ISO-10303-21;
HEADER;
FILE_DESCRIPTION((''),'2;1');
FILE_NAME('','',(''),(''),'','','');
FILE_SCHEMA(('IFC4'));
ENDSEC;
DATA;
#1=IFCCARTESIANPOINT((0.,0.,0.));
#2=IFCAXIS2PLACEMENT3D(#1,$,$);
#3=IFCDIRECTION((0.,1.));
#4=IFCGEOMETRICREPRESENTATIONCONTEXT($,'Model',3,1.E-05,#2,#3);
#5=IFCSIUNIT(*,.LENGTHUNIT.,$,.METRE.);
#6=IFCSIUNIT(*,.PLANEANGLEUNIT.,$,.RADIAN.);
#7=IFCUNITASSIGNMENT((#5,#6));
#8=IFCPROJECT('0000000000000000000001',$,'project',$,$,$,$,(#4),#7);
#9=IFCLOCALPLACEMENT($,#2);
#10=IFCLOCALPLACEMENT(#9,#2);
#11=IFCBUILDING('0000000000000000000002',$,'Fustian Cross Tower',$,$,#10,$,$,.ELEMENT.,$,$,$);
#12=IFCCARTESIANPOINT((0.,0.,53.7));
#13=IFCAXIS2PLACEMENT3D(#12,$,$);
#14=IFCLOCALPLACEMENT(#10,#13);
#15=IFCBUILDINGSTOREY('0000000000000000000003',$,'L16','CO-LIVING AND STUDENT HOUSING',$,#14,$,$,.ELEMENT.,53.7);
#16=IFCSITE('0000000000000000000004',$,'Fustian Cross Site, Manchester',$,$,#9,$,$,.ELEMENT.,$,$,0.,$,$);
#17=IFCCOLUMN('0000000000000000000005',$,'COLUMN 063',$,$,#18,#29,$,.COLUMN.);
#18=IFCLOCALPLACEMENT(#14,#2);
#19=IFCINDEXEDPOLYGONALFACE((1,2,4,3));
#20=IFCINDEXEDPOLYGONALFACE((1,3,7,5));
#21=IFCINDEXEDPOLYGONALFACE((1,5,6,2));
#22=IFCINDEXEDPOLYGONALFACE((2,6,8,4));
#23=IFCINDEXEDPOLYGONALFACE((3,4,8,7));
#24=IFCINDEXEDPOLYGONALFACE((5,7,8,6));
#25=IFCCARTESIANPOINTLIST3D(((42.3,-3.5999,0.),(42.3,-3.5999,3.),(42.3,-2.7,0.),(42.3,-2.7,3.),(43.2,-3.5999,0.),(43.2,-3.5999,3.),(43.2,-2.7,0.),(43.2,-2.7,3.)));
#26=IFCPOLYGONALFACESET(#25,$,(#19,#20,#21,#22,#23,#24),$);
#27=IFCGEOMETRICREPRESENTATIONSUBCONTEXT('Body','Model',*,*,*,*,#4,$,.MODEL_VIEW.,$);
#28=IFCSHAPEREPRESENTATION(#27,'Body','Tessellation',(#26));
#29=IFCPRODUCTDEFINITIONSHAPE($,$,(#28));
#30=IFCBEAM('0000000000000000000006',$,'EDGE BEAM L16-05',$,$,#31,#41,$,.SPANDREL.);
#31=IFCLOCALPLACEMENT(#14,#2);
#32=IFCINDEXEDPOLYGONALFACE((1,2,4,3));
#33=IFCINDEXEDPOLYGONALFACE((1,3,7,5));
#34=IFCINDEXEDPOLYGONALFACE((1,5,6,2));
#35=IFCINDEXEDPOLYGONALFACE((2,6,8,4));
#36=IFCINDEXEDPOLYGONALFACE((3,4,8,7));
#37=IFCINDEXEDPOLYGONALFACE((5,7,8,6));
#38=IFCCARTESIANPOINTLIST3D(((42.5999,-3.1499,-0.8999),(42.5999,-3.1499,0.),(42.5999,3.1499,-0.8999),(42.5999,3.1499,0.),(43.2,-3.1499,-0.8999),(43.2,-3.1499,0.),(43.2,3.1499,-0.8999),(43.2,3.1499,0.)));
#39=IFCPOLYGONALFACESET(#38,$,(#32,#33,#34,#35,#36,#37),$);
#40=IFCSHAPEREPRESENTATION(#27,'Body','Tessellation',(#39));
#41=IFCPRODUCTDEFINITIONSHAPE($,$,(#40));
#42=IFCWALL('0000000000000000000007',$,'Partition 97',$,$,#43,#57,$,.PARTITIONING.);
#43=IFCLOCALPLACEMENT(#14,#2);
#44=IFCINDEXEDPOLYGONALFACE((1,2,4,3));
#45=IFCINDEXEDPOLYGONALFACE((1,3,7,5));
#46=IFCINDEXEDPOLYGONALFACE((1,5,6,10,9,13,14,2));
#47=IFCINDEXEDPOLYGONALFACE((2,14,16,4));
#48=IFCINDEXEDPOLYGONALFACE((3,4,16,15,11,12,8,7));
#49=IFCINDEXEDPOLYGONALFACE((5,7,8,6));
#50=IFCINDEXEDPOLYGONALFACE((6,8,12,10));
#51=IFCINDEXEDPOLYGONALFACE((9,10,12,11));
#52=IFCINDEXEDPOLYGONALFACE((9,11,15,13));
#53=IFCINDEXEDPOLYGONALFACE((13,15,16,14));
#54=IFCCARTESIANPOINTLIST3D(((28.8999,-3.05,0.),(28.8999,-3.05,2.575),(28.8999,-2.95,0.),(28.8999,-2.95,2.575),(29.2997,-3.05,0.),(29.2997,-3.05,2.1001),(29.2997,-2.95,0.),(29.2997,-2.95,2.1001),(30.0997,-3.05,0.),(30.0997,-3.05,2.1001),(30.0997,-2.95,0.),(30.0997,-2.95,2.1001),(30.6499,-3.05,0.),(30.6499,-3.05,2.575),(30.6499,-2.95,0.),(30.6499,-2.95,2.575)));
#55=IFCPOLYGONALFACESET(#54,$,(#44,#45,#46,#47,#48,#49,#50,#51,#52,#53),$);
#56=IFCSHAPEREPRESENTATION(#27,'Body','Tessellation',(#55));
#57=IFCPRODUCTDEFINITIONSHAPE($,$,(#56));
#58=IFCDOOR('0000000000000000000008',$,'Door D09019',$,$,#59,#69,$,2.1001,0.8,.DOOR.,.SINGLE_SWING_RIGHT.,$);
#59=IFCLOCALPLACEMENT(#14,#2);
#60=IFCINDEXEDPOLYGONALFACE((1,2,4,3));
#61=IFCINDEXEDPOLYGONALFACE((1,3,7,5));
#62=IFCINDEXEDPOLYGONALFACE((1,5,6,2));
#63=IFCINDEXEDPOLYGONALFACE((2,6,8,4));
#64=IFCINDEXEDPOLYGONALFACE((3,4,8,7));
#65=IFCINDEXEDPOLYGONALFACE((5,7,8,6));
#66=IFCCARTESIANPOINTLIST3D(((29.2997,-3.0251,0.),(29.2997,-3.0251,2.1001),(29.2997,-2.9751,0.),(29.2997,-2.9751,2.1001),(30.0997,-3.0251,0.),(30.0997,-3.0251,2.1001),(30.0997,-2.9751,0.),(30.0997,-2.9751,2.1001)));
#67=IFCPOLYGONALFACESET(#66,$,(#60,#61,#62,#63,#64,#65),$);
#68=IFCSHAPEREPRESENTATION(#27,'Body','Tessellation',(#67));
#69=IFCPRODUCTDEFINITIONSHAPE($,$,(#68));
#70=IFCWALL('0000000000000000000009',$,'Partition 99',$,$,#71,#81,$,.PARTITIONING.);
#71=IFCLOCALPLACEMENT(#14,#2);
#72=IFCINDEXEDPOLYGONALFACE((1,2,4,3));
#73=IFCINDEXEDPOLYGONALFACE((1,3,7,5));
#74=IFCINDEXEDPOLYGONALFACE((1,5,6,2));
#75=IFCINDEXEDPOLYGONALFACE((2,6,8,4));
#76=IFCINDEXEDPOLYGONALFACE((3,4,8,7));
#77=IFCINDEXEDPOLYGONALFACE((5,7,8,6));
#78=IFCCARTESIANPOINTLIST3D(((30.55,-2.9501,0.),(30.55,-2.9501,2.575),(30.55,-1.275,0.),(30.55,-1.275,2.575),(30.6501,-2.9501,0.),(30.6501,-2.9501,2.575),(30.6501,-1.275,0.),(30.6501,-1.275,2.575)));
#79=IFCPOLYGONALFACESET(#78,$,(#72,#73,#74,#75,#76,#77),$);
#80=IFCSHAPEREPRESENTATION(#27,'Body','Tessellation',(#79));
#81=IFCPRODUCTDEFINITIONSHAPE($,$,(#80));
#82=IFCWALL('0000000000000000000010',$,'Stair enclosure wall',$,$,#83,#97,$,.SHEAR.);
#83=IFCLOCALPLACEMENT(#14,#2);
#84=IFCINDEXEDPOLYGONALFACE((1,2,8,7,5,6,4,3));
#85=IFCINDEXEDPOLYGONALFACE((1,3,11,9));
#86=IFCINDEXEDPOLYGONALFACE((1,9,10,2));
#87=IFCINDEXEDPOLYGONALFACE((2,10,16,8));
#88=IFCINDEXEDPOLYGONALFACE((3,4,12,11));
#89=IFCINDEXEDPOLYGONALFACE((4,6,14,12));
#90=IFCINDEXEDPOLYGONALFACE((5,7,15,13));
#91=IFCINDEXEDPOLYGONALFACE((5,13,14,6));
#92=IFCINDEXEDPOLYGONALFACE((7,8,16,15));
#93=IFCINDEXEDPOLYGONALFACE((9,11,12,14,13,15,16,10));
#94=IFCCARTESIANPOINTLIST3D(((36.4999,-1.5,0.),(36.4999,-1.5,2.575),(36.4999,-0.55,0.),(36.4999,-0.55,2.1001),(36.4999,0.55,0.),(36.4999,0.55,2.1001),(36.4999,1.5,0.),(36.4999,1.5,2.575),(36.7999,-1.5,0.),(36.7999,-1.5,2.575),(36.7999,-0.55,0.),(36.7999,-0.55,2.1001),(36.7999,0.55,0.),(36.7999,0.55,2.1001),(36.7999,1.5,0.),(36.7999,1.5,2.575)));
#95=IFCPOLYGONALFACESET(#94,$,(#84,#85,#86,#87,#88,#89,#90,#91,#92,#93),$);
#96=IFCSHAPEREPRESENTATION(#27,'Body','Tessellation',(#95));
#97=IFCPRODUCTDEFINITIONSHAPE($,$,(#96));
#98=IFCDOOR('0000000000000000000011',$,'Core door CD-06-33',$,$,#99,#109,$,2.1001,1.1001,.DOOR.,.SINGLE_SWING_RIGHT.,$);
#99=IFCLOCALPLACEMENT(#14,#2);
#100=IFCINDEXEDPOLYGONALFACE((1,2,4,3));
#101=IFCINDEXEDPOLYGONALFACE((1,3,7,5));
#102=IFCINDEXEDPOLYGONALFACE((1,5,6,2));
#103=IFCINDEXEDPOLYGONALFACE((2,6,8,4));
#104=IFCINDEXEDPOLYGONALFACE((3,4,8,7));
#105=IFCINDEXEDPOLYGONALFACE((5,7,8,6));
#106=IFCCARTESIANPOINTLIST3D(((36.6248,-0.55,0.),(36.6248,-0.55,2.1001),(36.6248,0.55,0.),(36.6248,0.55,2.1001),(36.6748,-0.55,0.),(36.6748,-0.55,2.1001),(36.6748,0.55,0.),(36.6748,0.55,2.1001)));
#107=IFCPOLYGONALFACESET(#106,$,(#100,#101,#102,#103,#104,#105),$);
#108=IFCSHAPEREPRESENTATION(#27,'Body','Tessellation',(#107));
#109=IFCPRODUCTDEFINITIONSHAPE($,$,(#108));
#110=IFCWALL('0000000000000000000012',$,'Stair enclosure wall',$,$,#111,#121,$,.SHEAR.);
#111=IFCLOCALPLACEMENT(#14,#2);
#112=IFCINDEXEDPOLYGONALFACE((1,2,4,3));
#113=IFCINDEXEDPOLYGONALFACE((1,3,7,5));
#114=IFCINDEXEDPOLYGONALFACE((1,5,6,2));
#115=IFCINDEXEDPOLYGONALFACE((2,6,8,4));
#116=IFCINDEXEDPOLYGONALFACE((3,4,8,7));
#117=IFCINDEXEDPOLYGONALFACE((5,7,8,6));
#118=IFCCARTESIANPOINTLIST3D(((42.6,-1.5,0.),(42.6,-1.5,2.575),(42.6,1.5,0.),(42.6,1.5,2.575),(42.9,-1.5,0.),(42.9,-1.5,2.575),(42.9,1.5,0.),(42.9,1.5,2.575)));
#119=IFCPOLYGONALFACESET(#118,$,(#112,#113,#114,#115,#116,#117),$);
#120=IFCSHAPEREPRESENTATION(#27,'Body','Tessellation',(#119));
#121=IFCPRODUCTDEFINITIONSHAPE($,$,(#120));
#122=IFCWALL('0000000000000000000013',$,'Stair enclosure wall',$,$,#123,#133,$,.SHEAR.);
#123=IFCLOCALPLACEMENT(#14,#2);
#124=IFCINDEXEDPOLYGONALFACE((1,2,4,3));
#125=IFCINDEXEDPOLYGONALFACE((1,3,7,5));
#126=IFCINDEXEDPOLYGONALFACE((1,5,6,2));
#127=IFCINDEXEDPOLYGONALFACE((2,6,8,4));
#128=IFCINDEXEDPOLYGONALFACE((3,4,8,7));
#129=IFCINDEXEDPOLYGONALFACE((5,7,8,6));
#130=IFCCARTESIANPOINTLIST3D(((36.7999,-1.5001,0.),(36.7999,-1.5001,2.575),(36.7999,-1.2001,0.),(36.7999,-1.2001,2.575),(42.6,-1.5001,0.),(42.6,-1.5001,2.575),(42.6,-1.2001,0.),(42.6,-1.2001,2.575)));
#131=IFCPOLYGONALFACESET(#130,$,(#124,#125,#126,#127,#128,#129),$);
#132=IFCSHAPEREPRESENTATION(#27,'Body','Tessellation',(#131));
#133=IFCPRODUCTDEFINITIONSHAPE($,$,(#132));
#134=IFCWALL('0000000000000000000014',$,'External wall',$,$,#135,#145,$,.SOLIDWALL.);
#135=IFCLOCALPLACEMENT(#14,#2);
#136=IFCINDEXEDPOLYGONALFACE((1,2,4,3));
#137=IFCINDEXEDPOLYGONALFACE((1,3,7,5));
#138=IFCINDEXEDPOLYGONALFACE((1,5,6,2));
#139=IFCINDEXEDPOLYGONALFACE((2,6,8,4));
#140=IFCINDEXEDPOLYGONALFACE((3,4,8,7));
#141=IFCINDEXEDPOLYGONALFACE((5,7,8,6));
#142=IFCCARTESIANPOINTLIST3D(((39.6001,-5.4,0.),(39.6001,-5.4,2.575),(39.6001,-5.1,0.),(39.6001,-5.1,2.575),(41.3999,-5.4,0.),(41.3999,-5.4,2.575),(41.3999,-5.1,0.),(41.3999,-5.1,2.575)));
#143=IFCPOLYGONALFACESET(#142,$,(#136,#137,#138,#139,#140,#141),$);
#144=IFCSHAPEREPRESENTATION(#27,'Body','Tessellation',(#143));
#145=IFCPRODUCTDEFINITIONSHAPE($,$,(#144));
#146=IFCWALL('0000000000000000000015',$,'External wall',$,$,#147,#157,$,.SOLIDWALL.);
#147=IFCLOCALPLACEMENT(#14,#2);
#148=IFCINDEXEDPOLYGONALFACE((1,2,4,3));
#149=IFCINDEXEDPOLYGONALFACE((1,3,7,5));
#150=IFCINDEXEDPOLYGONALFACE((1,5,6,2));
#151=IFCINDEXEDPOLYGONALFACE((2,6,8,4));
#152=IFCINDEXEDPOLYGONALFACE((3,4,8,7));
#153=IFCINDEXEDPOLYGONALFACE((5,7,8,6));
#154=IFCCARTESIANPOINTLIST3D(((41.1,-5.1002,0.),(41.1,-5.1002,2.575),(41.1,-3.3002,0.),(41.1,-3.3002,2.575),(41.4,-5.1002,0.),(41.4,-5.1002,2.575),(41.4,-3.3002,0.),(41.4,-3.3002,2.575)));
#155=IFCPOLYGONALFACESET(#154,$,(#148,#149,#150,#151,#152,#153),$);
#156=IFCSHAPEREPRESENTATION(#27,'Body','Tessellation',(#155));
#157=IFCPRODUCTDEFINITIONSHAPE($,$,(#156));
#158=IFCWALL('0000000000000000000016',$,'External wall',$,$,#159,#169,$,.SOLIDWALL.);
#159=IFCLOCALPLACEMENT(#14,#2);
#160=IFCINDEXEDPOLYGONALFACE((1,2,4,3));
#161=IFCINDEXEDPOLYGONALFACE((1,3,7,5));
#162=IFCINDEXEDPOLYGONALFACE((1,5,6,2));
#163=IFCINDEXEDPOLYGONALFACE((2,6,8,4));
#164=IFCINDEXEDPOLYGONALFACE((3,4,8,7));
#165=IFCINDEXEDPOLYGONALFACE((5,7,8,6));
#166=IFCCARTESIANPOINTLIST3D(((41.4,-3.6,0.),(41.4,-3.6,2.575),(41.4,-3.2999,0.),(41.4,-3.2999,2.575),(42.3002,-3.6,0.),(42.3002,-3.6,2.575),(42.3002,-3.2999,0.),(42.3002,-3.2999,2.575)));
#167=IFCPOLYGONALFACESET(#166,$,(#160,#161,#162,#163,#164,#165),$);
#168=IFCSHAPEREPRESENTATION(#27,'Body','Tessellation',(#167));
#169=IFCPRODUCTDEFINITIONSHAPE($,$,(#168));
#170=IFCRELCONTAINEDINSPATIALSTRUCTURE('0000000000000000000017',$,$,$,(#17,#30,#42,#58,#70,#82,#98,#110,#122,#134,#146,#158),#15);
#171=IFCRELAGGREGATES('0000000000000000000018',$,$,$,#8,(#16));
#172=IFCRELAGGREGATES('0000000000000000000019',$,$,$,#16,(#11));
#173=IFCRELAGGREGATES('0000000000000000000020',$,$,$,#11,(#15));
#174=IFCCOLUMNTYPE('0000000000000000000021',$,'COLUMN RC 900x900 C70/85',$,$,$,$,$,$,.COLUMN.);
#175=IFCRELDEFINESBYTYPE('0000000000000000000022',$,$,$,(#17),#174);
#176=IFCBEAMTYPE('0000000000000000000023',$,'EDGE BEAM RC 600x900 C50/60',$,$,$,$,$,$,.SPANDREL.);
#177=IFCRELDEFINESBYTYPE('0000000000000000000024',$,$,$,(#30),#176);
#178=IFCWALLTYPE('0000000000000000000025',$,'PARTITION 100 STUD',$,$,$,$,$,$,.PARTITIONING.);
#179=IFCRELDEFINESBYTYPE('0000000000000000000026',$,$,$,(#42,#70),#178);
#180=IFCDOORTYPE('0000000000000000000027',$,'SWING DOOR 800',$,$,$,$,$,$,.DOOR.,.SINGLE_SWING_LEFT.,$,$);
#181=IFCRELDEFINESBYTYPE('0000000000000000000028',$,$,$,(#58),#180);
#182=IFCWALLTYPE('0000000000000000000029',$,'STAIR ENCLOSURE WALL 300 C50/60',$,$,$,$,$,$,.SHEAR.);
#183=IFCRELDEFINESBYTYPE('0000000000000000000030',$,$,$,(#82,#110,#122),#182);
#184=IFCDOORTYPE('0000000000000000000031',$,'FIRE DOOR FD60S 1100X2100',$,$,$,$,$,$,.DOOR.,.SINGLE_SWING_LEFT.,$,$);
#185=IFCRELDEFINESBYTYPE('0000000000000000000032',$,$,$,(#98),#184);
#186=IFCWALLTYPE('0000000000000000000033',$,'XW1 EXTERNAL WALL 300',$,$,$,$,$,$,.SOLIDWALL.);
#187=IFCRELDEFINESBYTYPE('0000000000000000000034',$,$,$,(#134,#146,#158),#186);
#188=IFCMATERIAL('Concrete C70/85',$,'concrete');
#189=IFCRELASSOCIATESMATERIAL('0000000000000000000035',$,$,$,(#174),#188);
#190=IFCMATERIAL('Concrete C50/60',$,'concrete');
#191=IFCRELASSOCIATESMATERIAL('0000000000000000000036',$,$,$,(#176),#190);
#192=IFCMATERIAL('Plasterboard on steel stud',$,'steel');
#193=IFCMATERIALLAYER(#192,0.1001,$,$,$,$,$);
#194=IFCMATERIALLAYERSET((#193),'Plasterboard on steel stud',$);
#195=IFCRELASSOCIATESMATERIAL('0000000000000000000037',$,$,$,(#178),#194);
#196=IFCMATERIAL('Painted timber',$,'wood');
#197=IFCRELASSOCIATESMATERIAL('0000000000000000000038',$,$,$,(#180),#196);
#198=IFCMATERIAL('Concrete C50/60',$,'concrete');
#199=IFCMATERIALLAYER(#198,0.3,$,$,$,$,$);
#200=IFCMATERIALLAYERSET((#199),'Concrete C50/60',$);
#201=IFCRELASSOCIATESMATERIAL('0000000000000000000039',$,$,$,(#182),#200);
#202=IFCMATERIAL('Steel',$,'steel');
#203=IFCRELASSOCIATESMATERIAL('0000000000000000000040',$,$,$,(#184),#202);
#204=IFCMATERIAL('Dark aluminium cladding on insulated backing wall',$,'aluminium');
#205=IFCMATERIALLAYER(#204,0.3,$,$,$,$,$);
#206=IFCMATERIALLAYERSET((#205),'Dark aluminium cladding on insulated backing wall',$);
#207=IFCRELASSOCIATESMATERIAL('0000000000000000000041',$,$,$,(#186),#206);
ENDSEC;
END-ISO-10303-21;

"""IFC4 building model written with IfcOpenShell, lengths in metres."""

from ifc_helpers import new_model, si_unit, direction, frame, frame_2d, origin, origin_2d, place, context, subcontext, project, spatial, rectangle, extrude, material, layer, layer_set, material_profile, profile_set, type_object, element, fill, save


model = new_model("IFC4")

# Units and contexts
model_context = context("Model", 3, precision=1e-05, world=origin(), true_north=direction((0.0, 1.0)))
body_context = subcontext(model_context, "Body", "Model", "MODEL_VIEW")
ifc_project = project(units=[si_unit("LENGTHUNIT", "METRE"), si_unit("PLANEANGLEUNIT", "RADIAN")], contexts=[model_context])

# Site, building, storey
site_placement = place(None, origin())
site = spatial("IfcSite", under=ifc_project, at=site_placement, Name="Fustian Cross Site, Manchester", CompositionType="ELEMENT", RefElevation=0.0)
building_placement = place(site_placement, origin())
building = spatial("IfcBuilding", under=site, at=building_placement, Name="Fustian Cross Tower", CompositionType="ELEMENT")
storey_placement = place(building_placement, frame((0.0, 0.0, 53.7)))
storey = spatial("IfcBuildingStorey", under=building, at=storey_placement, Name="L16", Description="CO-LIVING AND STUDENT HOUSING", CompositionType="ELEMENT", Elevation=53.7)

# Column
ifc_material_1 = material(Name="Concrete C70/85", Category="concrete")
ifc_material_profile_1 = material_profile(ifc_material_1, rectangle(XDim=0.8999, YDim=0.8999, at=origin_2d()), Name="RC 900x900")
ifc_profile_set_1 = profile_set([ifc_material_profile_1], Name="Concrete C70/85")
column_type = type_object("IfcColumnType", Name="COLUMN RC 900x900 C70/85", PredefinedType="COLUMN", material=ifc_profile_set_1)
column_placement = place(storey_placement, frame((42.75, -3.1499, 0.0), z_axis=(0.0, 0.0, 1.0), x_axis=(1.0, 0.0, 0.0)))
element("IfcColumn", 1, at=column_placement, inside=storey, type_object=column_type, Name="COLUMN 063", PredefinedType="COLUMN", context=body_context, shape_type="SweptSolid", body=[
    extrude(rectangle(XDim=0.8999, YDim=0.8999, at=origin_2d()), origin(), (0.0, 0.0, 1.0), 3.0),
])

# Beam
ifc_material_2 = material(Name="Concrete C50/60", Category="concrete")
ifc_material_profile_2 = material_profile(ifc_material_2, rectangle(XDim=0.6001, YDim=0.8999, at=origin_2d()), Name="RC 600x900")
ifc_profile_set_2 = profile_set([ifc_material_profile_2], Name="Concrete C50/60")
beam_type = type_object("IfcBeamType", Name="EDGE BEAM RC 600x900 C50/60", PredefinedType="SPANDREL", material=ifc_profile_set_2)
beam_placement = place(storey_placement, frame((42.8999, -3.1499, -0.45), z_axis=(0.0, 1.0, 0.0), x_axis=(-1.0, 0.0, 0.0)))
element("IfcBeam", 2, at=beam_placement, inside=storey, type_object=beam_type, Name="EDGE BEAM L16-05", PredefinedType="SPANDREL", context=body_context, shape_type="SweptSolid", body=[
    extrude(rectangle(XDim=0.6001, YDim=0.8999, at=origin_2d()), origin(), (0.0, 0.0, 1.0), 6.2998),
])

# Wall, opening, door
ifc_material_3 = material(Name="Plasterboard on steel stud", Category="steel")
ifc_layer_1 = layer(ifc_material_3, 0.1001)
ifc_layer_set_1 = layer_set([ifc_layer_1], Name="Plasterboard on steel stud")
wall_type_1 = type_object("IfcWallType", Name="PARTITION 100 STUD", PredefinedType="PARTITIONING", material=ifc_layer_set_1)
wall_1_placement = place(storey_placement, frame((28.8999, -3.0, 0.0), z_axis=(0.0, 0.0, 1.0), x_axis=(1.0, 0.0, 0.0)))
wall_1 = element("IfcWall", 3, at=wall_1_placement, inside=storey, type_object=wall_type_1, Name="Partition 97", PredefinedType="PARTITIONING", context=body_context, shape_type="SweptSolid", body=[
    extrude(rectangle(XDim=1.75, YDim=0.1001, at=frame_2d((0.875, 0.0))), origin(), (0.0, 0.0, 1.0), 2.575),
])
opening_1_placement = place(wall_1_placement, frame((0.3999, 0.0, 0.0)))
opening_1 = element("IfcOpeningElement", 4, at=opening_1_placement, cuts=wall_1, PredefinedType="OPENING", context=body_context, shape_type="SweptSolid", body=[
    extrude(rectangle(XDim=0.8, YDim=2.1001, at=frame_2d((0.3999, 1.05))), frame((0.0, 0.0601, 0.0), z_axis=(0.0, -1.0, 0.0), x_axis=(1.0, 0.0, 0.0)), (0.0, 0.0, 1.0), 0.1201),
])
ifc_material_4 = material(Name="Painted timber", Category="wood")
door_type_1 = type_object("IfcDoorType", Name="SWING DOOR 800", OperationType="SINGLE_SWING_LEFT", PredefinedType="DOOR", material=ifc_material_4)
door_1_placement = place(opening_1_placement, origin())
door_1 = element("IfcDoor", 5, at=door_1_placement, inside=storey, type_object=door_type_1, Name="Door D09019", OperationType="SINGLE_SWING_RIGHT", OverallHeight=2.1001, OverallWidth=0.8, PredefinedType="DOOR", context=body_context, shape_type="SweptSolid", body=[
    extrude(rectangle(XDim=0.8, YDim=2.1001, at=frame_2d((0.3999, 1.05))), frame((0.0, 0.0249, 0.0), z_axis=(0.0, -1.0, 0.0), x_axis=(1.0, 0.0, 0.0)), (0.0, 0.0, 1.0), 0.05),
])
fill(opening_1, door_1)

# Wall
wall_2_placement = place(storey_placement, frame((30.6001, -2.95, 0.0), z_axis=(0.0, 0.0, 1.0), x_axis=(0.0, 1.0, 0.0)))
element("IfcWall", 6, at=wall_2_placement, inside=storey, type_object=wall_type_1, Name="Partition 99", PredefinedType="PARTITIONING", context=body_context, shape_type="SweptSolid", body=[
    extrude(rectangle(XDim=1.675, YDim=0.1001, at=frame_2d((0.8374, 0.0))), origin(), (0.0, 0.0, 1.0), 2.575),
])

# Wall, opening, door
ifc_material_5 = material(Name="Concrete C50/60", Category="concrete")
ifc_layer_2 = layer(ifc_material_5, 0.3)
ifc_layer_set_2 = layer_set([ifc_layer_2], Name="Concrete C50/60")
wall_type_2 = type_object("IfcWallType", Name="STAIR ENCLOSURE WALL 300 C50/60", PredefinedType="SHEAR", material=ifc_layer_set_2)
wall_3_placement = place(storey_placement, frame((36.6499, -1.5, 0.0), z_axis=(0.0, 0.0, 1.0), x_axis=(0.0, 1.0, 0.0)))
wall_3 = element("IfcWall", 7, at=wall_3_placement, inside=storey, type_object=wall_type_2, Name="Stair enclosure wall", PredefinedType="SHEAR", context=body_context, shape_type="SweptSolid", body=[
    extrude(rectangle(XDim=3.0, YDim=0.3, at=frame_2d((1.5, 0.0))), origin(), (0.0, 0.0, 1.0), 2.575),
])
opening_2_placement = place(wall_3_placement, frame((0.95, 0.0, 0.0)))
opening_2 = element("IfcOpeningElement", 8, at=opening_2_placement, cuts=wall_3, PredefinedType="OPENING", context=body_context, shape_type="SweptSolid", body=[
    extrude(rectangle(XDim=1.1001, YDim=2.1001, at=frame_2d((0.55, 1.05))), frame((0.0, 0.1599, 0.0), z_axis=(0.0, -1.0, 0.0), x_axis=(1.0, 0.0, 0.0)), (0.0, 0.0, 1.0), 0.3201),
])
ifc_material_6 = material(Name="Steel", Category="steel")
door_type_2 = type_object("IfcDoorType", Name="FIRE DOOR FD60S 1100X2100", OperationType="SINGLE_SWING_LEFT", PredefinedType="DOOR", material=ifc_material_6)
door_2_placement = place(opening_2_placement, frame((1.1001, 0.0, 0.0), z_axis=(0.0, 0.0, 1.0), x_axis=(-1.0, 0.0, 0.0)))
door_2 = element("IfcDoor", 9, at=door_2_placement, inside=storey, type_object=door_type_2, Name="Core door CD-06-33", OperationType="SINGLE_SWING_RIGHT", OverallHeight=2.1001, OverallWidth=1.1001, PredefinedType="DOOR", context=body_context, shape_type="SweptSolid", body=[
    extrude(rectangle(XDim=1.1001, YDim=2.1001, at=frame_2d((0.55, 1.05))), frame((0.0, 0.0249, 0.0), z_axis=(0.0, -1.0, 0.0), x_axis=(1.0, 0.0, 0.0)), (0.0, 0.0, 1.0), 0.05),
])
fill(opening_2, door_2)

# Walls
wall_4_placement = place(storey_placement, frame((42.75, -1.5, 0.0), z_axis=(0.0, 0.0, 1.0), x_axis=(0.0, 1.0, 0.0)))
element("IfcWall", 10, at=wall_4_placement, inside=storey, type_object=wall_type_2, Name="Stair enclosure wall", PredefinedType="SHEAR", context=body_context, shape_type="SweptSolid", body=[
    extrude(rectangle(XDim=3.0, YDim=0.3, at=frame_2d((1.5, 0.0))), origin(), (0.0, 0.0, 1.0), 2.575),
])
wall_5_placement = place(storey_placement, frame((36.8, -1.3501, 0.0), z_axis=(0.0, 0.0, 1.0), x_axis=(1.0, 0.0, 0.0)))
element("IfcWall", 11, at=wall_5_placement, inside=storey, type_object=wall_type_2, Name="Stair enclosure wall", PredefinedType="SHEAR", context=body_context, shape_type="SweptSolid", body=[
    extrude(rectangle(XDim=5.8, YDim=0.3, at=frame_2d((2.8999, 0.0))), origin(), (0.0, 0.0, 1.0), 2.575),
])
ifc_material_7 = material(Name="Dark aluminium cladding on insulated backing wall", Category="aluminium")
ifc_layer_3 = layer(ifc_material_7, 0.3)
ifc_layer_set_3 = layer_set([ifc_layer_3], Name="Dark aluminium cladding on insulated backing wall")
wall_type_3 = type_object("IfcWallType", Name="XW1 EXTERNAL WALL 300", PredefinedType="SOLIDWALL", material=ifc_layer_set_3)
wall_6_placement = place(storey_placement, frame((39.6001, -5.25, 0.0), z_axis=(0.0, 0.0, 1.0), x_axis=(1.0, 0.0, 0.0)))
element("IfcWall", 12, at=wall_6_placement, inside=storey, type_object=wall_type_3, Name="External wall", PredefinedType="SOLIDWALL", context=body_context, shape_type="SweptSolid", body=[
    extrude(rectangle(XDim=1.7998, YDim=0.3, at=frame_2d((0.8999, 0.0))), origin(), (0.0, 0.0, 1.0), 2.575),
])
wall_7_placement = place(storey_placement, frame((41.25, -5.1001, 0.0), z_axis=(0.0, 0.0, 1.0), x_axis=(0.0, 1.0, 0.0)))
element("IfcWall", 13, at=wall_7_placement, inside=storey, type_object=wall_type_3, Name="External wall", PredefinedType="SOLIDWALL", context=body_context, shape_type="SweptSolid", body=[
    extrude(rectangle(XDim=1.8, YDim=0.3, at=frame_2d((0.8999, 0.0))), origin(), (0.0, 0.0, 1.0), 2.575),
])
wall_8_placement = place(storey_placement, frame((41.3999, -3.45, 0.0), z_axis=(0.0, 0.0, 1.0), x_axis=(1.0, 0.0, 0.0)))
element("IfcWall", 14, at=wall_8_placement, inside=storey, type_object=wall_type_3, Name="External wall", PredefinedType="SOLIDWALL", context=body_context, shape_type="SweptSolid", body=[
    extrude(rectangle(XDim=0.9001, YDim=0.3, at=frame_2d((0.4502, 0.0))), origin(), (0.0, 0.0, 1.0), 2.575),
])

save(model, "model.ifc")
